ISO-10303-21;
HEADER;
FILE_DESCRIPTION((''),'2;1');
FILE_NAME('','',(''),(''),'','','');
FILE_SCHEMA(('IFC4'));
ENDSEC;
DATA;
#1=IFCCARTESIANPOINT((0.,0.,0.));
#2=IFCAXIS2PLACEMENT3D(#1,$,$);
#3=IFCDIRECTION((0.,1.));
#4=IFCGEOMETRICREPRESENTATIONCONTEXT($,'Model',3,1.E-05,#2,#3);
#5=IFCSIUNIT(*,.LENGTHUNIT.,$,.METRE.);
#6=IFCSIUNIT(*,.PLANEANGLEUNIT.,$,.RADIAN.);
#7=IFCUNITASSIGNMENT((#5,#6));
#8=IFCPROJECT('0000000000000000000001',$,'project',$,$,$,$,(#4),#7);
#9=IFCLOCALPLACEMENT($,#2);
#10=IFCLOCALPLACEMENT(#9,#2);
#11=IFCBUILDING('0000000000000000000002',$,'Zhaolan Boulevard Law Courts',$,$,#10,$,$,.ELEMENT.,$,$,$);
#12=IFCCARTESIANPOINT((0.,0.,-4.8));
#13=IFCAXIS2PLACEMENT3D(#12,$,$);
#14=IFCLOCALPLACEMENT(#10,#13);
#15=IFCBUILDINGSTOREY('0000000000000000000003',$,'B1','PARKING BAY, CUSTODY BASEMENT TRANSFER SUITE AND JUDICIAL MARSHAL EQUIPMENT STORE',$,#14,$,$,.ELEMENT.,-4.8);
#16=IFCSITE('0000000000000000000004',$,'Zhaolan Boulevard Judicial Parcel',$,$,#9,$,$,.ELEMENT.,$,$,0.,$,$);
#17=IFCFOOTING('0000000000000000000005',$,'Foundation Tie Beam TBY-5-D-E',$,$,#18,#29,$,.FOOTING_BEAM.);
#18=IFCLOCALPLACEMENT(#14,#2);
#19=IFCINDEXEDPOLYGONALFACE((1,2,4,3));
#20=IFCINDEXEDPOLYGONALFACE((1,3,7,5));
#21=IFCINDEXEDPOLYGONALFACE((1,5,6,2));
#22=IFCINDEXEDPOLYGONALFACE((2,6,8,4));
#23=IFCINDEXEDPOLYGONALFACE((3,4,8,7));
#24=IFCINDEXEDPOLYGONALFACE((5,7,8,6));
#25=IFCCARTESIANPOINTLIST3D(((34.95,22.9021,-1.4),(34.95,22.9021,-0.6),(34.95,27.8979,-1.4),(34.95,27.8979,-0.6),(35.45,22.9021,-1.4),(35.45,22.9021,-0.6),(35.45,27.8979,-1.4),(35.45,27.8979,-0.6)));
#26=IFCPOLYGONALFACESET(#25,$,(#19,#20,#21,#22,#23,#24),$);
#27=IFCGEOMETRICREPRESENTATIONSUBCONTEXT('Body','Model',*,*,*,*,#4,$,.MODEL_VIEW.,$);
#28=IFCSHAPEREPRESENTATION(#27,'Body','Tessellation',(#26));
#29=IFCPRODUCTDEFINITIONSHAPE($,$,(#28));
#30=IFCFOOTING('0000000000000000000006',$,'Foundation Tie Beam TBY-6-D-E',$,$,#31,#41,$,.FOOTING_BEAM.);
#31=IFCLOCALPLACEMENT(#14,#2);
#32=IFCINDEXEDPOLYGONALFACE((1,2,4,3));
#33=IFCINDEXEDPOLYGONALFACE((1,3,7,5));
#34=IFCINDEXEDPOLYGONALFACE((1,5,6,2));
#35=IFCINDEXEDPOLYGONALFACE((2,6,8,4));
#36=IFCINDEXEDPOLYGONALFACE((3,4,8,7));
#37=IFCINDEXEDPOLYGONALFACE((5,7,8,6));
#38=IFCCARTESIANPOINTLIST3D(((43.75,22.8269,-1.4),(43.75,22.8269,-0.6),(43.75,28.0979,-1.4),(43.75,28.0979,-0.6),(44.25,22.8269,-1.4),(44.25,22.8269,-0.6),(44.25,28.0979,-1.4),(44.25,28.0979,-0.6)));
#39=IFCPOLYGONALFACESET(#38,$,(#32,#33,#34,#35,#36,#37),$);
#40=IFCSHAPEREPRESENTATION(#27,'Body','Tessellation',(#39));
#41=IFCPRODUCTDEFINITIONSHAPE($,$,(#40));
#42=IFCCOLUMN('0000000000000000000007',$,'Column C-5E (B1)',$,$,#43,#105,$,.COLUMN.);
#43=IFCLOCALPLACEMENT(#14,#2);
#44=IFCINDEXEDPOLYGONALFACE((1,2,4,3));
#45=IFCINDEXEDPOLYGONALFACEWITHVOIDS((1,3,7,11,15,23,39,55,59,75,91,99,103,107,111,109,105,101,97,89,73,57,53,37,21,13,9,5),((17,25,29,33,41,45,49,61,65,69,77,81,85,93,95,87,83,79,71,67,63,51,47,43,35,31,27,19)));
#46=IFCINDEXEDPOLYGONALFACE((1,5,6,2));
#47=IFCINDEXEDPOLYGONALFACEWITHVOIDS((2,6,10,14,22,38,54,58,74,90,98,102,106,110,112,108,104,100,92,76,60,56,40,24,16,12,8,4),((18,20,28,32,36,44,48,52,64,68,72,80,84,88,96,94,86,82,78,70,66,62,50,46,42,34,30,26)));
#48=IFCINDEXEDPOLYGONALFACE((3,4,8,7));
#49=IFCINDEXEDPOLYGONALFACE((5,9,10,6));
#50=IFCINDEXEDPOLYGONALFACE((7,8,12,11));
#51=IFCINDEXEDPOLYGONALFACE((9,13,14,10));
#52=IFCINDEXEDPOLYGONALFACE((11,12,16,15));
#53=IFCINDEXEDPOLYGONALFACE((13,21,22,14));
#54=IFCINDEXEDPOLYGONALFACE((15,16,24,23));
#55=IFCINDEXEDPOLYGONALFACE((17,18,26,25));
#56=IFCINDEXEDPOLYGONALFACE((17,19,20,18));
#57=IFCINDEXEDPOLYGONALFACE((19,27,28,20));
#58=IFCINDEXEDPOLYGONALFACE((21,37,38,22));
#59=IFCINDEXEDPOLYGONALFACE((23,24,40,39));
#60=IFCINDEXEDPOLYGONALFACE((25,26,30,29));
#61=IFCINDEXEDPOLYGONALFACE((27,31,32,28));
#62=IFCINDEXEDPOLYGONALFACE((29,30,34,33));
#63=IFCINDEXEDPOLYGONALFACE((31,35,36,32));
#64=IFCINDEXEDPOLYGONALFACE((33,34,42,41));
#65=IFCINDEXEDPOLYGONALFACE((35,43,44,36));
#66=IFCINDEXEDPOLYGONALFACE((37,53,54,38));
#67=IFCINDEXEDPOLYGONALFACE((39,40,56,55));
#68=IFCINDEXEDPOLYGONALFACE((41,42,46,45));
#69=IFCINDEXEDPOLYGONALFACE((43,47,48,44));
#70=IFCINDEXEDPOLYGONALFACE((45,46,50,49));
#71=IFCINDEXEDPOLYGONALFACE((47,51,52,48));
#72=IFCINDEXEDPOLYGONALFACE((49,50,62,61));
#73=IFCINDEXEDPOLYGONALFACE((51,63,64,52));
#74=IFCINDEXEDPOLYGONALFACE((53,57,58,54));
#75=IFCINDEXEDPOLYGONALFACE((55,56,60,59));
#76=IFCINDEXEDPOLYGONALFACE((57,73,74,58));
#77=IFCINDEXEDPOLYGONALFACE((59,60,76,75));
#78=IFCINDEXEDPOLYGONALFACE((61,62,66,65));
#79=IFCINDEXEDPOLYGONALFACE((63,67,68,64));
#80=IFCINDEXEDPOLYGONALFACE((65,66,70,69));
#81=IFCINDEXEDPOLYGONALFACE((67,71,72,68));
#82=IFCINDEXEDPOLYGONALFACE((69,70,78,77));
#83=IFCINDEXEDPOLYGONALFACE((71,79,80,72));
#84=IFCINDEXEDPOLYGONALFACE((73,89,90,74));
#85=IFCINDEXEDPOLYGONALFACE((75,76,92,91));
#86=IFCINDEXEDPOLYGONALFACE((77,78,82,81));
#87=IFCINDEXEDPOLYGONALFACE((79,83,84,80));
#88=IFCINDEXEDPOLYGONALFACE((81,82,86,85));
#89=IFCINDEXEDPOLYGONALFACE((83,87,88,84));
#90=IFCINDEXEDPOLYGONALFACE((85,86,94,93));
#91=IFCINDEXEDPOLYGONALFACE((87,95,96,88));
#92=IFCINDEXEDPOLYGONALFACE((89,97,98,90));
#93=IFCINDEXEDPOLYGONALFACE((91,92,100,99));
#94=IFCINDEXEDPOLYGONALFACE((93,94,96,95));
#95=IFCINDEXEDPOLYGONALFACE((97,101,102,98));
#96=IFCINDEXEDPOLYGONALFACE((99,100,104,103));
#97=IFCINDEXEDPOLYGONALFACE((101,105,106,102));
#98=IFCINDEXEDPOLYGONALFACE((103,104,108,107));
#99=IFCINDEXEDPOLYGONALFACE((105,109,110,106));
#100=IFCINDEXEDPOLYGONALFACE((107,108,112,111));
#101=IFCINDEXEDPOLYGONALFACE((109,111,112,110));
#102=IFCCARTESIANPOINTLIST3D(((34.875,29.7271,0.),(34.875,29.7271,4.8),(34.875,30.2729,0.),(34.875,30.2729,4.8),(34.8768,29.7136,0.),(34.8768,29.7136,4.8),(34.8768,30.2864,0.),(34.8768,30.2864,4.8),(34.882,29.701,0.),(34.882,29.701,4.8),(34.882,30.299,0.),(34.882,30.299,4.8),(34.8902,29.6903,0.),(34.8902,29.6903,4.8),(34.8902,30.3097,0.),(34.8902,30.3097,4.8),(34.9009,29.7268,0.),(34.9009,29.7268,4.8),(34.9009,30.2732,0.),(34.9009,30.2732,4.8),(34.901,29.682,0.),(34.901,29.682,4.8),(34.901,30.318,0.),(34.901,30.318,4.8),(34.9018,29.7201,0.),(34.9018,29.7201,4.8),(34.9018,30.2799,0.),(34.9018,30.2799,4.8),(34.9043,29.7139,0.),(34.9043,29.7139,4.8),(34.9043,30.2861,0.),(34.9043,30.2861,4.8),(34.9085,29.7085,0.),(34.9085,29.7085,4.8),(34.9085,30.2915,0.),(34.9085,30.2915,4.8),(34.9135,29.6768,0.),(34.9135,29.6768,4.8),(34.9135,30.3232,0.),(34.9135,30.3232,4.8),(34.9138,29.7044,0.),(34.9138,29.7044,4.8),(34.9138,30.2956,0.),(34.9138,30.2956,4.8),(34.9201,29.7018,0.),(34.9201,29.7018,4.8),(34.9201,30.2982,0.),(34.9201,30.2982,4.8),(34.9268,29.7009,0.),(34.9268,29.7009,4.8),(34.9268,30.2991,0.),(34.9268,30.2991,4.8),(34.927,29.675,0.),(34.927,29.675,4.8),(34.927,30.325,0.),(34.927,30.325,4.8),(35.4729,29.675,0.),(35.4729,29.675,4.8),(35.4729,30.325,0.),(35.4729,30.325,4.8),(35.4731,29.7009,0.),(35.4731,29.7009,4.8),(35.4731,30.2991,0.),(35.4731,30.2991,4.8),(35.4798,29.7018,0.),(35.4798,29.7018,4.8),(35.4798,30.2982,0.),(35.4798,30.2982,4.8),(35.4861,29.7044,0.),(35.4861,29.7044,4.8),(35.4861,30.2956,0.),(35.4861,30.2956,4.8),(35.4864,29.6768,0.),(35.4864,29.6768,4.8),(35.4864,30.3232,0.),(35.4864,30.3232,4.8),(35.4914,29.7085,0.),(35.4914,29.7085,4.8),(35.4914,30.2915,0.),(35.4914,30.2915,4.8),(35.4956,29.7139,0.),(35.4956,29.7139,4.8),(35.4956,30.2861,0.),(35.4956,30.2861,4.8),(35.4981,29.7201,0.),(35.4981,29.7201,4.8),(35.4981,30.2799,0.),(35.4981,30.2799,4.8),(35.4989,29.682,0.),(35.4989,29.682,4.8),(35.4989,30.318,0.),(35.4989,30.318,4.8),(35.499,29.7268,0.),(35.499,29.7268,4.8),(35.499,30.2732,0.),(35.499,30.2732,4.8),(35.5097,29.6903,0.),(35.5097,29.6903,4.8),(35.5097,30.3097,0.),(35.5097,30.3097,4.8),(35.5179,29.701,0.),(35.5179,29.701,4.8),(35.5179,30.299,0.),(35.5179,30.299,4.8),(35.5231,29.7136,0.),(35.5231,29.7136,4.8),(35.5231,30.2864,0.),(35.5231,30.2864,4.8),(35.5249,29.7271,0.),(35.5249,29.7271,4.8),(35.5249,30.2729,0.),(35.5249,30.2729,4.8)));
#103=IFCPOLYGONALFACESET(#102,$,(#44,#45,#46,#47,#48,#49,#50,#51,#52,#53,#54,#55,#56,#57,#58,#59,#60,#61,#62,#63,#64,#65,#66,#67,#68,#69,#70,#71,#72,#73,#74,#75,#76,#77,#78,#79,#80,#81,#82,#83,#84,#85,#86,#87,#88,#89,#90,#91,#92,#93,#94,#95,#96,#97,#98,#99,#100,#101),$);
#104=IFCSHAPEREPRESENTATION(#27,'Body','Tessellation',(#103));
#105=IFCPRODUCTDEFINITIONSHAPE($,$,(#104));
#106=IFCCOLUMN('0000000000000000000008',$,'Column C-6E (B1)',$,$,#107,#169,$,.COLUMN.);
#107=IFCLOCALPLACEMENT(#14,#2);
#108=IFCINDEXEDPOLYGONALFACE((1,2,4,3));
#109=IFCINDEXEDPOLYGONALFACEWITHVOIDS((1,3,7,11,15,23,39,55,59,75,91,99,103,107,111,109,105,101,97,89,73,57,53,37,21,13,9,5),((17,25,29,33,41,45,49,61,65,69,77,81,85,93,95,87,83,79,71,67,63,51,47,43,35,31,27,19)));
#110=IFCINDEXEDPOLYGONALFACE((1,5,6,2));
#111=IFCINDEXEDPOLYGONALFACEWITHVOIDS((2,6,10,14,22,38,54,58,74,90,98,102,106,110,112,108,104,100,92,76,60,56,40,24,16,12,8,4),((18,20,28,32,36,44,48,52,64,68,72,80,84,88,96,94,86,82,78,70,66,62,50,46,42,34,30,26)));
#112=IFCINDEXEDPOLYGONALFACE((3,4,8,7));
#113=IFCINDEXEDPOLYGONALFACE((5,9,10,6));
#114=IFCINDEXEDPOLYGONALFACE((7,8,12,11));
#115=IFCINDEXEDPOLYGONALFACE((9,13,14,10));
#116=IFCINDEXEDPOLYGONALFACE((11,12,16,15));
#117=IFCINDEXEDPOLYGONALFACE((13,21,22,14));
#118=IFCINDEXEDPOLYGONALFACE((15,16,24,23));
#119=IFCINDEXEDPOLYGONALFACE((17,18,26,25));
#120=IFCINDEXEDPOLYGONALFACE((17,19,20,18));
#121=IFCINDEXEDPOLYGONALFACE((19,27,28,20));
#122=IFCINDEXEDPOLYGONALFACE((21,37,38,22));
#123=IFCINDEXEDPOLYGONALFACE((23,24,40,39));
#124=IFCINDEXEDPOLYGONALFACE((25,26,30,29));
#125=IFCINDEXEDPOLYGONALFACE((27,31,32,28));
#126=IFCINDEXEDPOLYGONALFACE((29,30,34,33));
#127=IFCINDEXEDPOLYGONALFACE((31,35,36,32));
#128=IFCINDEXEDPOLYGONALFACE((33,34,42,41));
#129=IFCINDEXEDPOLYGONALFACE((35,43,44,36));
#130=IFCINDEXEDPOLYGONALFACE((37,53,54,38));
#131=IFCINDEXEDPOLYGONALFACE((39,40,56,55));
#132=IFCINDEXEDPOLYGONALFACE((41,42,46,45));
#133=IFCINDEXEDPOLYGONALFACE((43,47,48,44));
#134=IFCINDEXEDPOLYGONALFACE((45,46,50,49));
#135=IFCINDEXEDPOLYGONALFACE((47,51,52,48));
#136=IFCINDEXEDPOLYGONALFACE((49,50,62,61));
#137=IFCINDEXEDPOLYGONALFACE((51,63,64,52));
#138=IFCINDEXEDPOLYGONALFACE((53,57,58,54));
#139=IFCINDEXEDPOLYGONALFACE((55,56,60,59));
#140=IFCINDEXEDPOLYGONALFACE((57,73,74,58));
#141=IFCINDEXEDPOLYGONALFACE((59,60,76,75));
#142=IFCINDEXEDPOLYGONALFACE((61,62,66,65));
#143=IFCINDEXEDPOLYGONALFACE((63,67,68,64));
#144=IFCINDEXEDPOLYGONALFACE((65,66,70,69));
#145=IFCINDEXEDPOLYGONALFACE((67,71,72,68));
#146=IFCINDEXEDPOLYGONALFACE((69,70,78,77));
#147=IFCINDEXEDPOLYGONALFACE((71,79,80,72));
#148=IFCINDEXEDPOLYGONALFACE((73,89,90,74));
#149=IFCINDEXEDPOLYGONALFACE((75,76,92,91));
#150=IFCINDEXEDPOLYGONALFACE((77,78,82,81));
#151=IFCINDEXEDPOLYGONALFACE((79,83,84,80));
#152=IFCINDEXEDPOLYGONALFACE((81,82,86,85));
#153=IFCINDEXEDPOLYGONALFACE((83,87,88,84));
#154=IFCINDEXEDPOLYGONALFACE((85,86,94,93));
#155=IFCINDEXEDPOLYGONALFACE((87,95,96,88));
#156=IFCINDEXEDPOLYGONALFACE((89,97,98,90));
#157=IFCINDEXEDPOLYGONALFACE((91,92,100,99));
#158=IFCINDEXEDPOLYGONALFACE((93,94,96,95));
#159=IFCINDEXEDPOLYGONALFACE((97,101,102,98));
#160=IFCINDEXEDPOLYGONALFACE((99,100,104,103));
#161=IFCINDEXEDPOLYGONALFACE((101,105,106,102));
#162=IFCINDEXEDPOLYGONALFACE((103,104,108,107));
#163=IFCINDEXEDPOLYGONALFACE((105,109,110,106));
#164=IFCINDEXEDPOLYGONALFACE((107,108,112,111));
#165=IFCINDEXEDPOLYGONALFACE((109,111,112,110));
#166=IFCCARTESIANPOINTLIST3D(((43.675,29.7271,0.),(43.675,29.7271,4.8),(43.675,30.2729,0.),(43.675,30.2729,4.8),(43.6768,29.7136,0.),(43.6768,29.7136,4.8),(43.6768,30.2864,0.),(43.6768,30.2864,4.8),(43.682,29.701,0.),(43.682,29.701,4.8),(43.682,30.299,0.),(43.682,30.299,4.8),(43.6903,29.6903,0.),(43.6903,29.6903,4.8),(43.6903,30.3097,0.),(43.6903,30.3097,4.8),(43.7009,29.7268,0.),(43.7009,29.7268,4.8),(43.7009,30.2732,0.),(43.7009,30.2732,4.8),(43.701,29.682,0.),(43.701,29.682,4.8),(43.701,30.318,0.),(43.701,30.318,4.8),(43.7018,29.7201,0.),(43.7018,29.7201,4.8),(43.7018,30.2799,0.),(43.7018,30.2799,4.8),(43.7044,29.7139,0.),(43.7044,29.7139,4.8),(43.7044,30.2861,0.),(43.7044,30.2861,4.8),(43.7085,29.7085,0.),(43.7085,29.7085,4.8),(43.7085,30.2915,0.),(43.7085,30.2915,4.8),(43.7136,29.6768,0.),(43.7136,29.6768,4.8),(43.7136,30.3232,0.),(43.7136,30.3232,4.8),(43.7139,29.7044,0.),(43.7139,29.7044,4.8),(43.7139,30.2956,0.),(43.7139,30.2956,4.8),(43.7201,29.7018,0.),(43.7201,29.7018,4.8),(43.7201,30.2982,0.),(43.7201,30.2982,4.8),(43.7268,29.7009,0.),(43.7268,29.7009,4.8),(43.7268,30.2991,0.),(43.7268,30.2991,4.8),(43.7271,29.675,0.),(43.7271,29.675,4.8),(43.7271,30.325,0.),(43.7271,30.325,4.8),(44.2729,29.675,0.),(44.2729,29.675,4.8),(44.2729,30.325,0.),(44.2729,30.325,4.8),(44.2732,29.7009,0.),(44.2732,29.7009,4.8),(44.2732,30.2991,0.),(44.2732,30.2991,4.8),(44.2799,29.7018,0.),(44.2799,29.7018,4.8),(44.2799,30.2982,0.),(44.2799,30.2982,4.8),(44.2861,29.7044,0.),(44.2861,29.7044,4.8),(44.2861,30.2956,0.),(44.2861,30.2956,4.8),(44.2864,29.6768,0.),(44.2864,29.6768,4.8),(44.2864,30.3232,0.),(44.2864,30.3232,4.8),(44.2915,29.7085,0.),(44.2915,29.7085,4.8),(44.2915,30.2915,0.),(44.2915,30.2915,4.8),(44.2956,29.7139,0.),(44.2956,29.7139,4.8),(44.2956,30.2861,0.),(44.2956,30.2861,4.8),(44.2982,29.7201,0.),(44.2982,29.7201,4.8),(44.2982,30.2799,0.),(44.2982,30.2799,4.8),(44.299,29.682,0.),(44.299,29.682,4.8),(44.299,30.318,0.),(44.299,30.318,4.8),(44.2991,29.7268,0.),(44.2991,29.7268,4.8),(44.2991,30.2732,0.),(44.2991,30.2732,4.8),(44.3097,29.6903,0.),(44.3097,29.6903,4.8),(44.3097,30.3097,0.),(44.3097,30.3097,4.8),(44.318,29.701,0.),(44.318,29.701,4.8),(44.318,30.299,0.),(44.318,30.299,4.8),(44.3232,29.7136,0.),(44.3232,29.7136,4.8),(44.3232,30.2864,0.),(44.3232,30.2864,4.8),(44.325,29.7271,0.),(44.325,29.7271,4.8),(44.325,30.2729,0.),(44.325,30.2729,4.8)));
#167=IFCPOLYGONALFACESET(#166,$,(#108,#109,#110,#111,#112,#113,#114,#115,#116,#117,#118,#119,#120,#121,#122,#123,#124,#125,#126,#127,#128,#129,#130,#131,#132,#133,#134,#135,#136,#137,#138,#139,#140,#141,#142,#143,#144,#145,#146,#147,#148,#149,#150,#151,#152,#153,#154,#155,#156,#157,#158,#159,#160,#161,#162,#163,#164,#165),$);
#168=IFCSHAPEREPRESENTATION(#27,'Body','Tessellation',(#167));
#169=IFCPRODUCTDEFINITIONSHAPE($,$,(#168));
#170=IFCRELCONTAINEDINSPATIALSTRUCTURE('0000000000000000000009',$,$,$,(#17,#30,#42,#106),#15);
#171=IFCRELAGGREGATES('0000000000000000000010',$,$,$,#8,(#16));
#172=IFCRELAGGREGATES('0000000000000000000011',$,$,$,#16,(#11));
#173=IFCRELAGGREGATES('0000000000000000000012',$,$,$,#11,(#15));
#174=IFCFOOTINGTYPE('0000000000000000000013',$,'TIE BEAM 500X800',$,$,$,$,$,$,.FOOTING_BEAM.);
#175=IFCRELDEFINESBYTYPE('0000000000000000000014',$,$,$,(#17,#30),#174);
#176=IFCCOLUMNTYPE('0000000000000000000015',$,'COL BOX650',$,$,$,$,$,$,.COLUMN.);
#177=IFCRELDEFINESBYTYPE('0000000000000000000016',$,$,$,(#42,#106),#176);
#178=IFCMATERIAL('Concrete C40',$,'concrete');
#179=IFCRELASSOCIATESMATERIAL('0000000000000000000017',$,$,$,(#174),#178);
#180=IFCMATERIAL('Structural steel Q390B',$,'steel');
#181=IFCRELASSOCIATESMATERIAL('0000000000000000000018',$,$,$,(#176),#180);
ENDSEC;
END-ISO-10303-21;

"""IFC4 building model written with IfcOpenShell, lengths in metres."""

from ifc_helpers import new_model, si_unit, direction, frame, origin, origin_2d, place, context, subcontext, project, spatial, rectangle, hollow_rectangle, extrude, material, material_profile, profile_set, type_object, element, save


model = new_model("IFC4")

# Units and contexts
model_context = context("Model", 3, precision=1e-05, world=origin(), true_north=direction((0.0, 1.0)))
body_context = subcontext(model_context, "Body", "Model", "MODEL_VIEW")
ifc_project = project(units=[si_unit("LENGTHUNIT", "METRE"), si_unit("PLANEANGLEUNIT", "RADIAN")], contexts=[model_context])

# Site, building, storey
site_placement = place(None, origin())
site = spatial("IfcSite", under=ifc_project, at=site_placement, Name="Zhaolan Boulevard Judicial Parcel", CompositionType="ELEMENT", RefElevation=0.0)
building_placement = place(site_placement, origin())
building = spatial("IfcBuilding", under=site, at=building_placement, Name="Zhaolan Boulevard Law Courts", CompositionType="ELEMENT")
storey_placement = place(building_placement, frame((0.0, 0.0, -4.8)))
storey = spatial("IfcBuildingStorey", under=building, at=storey_placement, Name="B1", Description="PARKING BAY, CUSTODY BASEMENT TRANSFER SUITE AND JUDICIAL MARSHAL EQUIPMENT STORE", CompositionType="ELEMENT", Elevation=-4.8)

# Footings
ifc_material_1 = material(Name="Concrete C40", Category="concrete")
ifc_material_profile_1 = material_profile(ifc_material_1, rectangle(XDim=0.5, YDim=0.8, at=origin_2d()), Name="RC500x800")
ifc_profile_set_1 = profile_set([ifc_material_profile_1], Name="Concrete C40")
footing_type_1 = type_object("IfcFootingType", Name="TIE BEAM 500X800", PredefinedType="FOOTING_BEAM", material=ifc_profile_set_1)
footing_1_placement = place(storey_placement, frame((35.2, 22.9021, -1.0), z_axis=(0.0, 1.0, 0.0), x_axis=(-1.0, 0.0, 0.0)))
element("IfcFooting", 1, at=footing_1_placement, inside=storey, type_object=footing_type_1, Name="Foundation Tie Beam TBY-5-D-E", PredefinedType="FOOTING_BEAM", context=body_context, shape_type="SweptSolid", body=[
    extrude(rectangle(XDim=0.5, YDim=0.8, at=origin_2d()), origin(), (0.0, 0.0, 1.0), 4.9958),
])
footing_2_placement = place(storey_placement, frame((44.0, 22.8269, -1.0), z_axis=(0.0, 1.0, 0.0), x_axis=(-1.0, 0.0, 0.0)))
element("IfcFooting", 2, at=footing_2_placement, inside=storey, type_object=footing_type_1, Name="Foundation Tie Beam TBY-6-D-E", PredefinedType="FOOTING_BEAM", context=body_context, shape_type="SweptSolid", body=[
    extrude(rectangle(XDim=0.5, YDim=0.8, at=origin_2d()), origin(), (0.0, 0.0, 1.0), 5.271),
])

# Columns
ifc_material_2 = material(Name="Structural steel Q390B", Category="steel")
ifc_material_profile_2 = material_profile(ifc_material_2, hollow_rectangle(XDim=0.6499, YDim=0.6499, WallThickness=0.0259, InnerFilletRadius=0.0259, OuterFilletRadius=0.052, at=origin_2d()), Name="BOX650x650x26")
ifc_profile_set_2 = profile_set([ifc_material_profile_2], Name="Structural steel Q390B")
column_type = type_object("IfcColumnType", Name="COL BOX650", PredefinedType="COLUMN", material=ifc_profile_set_2)
for number, where, z_axis, x_axis, name in (
    (3, (35.2, 30.0, 0.0), (0.0, 0.0, 1.0), (1.0, 0.0, 0.0), "Column C-5E (B1)"),
    (4, (44.0, 30.0, 0.0), (0.0, 0.0, 1.0), (1.0, 0.0, 0.0), "Column C-6E (B1)"),
):
    element("IfcColumn", number, at=place(storey_placement, frame(where, z_axis=z_axis, x_axis=x_axis)), inside=storey, type_object=column_type, Name=name, PredefinedType="COLUMN", context=body_context, shape_type="SweptSolid", body=[
        extrude(hollow_rectangle(XDim=0.6499, YDim=0.6499, WallThickness=0.0259, InnerFilletRadius=0.0259, OuterFilletRadius=0.052, at=origin_2d()), origin(), (0.0, 0.0, 1.0), 4.8),
    ])

save(model, "model.ifc")
